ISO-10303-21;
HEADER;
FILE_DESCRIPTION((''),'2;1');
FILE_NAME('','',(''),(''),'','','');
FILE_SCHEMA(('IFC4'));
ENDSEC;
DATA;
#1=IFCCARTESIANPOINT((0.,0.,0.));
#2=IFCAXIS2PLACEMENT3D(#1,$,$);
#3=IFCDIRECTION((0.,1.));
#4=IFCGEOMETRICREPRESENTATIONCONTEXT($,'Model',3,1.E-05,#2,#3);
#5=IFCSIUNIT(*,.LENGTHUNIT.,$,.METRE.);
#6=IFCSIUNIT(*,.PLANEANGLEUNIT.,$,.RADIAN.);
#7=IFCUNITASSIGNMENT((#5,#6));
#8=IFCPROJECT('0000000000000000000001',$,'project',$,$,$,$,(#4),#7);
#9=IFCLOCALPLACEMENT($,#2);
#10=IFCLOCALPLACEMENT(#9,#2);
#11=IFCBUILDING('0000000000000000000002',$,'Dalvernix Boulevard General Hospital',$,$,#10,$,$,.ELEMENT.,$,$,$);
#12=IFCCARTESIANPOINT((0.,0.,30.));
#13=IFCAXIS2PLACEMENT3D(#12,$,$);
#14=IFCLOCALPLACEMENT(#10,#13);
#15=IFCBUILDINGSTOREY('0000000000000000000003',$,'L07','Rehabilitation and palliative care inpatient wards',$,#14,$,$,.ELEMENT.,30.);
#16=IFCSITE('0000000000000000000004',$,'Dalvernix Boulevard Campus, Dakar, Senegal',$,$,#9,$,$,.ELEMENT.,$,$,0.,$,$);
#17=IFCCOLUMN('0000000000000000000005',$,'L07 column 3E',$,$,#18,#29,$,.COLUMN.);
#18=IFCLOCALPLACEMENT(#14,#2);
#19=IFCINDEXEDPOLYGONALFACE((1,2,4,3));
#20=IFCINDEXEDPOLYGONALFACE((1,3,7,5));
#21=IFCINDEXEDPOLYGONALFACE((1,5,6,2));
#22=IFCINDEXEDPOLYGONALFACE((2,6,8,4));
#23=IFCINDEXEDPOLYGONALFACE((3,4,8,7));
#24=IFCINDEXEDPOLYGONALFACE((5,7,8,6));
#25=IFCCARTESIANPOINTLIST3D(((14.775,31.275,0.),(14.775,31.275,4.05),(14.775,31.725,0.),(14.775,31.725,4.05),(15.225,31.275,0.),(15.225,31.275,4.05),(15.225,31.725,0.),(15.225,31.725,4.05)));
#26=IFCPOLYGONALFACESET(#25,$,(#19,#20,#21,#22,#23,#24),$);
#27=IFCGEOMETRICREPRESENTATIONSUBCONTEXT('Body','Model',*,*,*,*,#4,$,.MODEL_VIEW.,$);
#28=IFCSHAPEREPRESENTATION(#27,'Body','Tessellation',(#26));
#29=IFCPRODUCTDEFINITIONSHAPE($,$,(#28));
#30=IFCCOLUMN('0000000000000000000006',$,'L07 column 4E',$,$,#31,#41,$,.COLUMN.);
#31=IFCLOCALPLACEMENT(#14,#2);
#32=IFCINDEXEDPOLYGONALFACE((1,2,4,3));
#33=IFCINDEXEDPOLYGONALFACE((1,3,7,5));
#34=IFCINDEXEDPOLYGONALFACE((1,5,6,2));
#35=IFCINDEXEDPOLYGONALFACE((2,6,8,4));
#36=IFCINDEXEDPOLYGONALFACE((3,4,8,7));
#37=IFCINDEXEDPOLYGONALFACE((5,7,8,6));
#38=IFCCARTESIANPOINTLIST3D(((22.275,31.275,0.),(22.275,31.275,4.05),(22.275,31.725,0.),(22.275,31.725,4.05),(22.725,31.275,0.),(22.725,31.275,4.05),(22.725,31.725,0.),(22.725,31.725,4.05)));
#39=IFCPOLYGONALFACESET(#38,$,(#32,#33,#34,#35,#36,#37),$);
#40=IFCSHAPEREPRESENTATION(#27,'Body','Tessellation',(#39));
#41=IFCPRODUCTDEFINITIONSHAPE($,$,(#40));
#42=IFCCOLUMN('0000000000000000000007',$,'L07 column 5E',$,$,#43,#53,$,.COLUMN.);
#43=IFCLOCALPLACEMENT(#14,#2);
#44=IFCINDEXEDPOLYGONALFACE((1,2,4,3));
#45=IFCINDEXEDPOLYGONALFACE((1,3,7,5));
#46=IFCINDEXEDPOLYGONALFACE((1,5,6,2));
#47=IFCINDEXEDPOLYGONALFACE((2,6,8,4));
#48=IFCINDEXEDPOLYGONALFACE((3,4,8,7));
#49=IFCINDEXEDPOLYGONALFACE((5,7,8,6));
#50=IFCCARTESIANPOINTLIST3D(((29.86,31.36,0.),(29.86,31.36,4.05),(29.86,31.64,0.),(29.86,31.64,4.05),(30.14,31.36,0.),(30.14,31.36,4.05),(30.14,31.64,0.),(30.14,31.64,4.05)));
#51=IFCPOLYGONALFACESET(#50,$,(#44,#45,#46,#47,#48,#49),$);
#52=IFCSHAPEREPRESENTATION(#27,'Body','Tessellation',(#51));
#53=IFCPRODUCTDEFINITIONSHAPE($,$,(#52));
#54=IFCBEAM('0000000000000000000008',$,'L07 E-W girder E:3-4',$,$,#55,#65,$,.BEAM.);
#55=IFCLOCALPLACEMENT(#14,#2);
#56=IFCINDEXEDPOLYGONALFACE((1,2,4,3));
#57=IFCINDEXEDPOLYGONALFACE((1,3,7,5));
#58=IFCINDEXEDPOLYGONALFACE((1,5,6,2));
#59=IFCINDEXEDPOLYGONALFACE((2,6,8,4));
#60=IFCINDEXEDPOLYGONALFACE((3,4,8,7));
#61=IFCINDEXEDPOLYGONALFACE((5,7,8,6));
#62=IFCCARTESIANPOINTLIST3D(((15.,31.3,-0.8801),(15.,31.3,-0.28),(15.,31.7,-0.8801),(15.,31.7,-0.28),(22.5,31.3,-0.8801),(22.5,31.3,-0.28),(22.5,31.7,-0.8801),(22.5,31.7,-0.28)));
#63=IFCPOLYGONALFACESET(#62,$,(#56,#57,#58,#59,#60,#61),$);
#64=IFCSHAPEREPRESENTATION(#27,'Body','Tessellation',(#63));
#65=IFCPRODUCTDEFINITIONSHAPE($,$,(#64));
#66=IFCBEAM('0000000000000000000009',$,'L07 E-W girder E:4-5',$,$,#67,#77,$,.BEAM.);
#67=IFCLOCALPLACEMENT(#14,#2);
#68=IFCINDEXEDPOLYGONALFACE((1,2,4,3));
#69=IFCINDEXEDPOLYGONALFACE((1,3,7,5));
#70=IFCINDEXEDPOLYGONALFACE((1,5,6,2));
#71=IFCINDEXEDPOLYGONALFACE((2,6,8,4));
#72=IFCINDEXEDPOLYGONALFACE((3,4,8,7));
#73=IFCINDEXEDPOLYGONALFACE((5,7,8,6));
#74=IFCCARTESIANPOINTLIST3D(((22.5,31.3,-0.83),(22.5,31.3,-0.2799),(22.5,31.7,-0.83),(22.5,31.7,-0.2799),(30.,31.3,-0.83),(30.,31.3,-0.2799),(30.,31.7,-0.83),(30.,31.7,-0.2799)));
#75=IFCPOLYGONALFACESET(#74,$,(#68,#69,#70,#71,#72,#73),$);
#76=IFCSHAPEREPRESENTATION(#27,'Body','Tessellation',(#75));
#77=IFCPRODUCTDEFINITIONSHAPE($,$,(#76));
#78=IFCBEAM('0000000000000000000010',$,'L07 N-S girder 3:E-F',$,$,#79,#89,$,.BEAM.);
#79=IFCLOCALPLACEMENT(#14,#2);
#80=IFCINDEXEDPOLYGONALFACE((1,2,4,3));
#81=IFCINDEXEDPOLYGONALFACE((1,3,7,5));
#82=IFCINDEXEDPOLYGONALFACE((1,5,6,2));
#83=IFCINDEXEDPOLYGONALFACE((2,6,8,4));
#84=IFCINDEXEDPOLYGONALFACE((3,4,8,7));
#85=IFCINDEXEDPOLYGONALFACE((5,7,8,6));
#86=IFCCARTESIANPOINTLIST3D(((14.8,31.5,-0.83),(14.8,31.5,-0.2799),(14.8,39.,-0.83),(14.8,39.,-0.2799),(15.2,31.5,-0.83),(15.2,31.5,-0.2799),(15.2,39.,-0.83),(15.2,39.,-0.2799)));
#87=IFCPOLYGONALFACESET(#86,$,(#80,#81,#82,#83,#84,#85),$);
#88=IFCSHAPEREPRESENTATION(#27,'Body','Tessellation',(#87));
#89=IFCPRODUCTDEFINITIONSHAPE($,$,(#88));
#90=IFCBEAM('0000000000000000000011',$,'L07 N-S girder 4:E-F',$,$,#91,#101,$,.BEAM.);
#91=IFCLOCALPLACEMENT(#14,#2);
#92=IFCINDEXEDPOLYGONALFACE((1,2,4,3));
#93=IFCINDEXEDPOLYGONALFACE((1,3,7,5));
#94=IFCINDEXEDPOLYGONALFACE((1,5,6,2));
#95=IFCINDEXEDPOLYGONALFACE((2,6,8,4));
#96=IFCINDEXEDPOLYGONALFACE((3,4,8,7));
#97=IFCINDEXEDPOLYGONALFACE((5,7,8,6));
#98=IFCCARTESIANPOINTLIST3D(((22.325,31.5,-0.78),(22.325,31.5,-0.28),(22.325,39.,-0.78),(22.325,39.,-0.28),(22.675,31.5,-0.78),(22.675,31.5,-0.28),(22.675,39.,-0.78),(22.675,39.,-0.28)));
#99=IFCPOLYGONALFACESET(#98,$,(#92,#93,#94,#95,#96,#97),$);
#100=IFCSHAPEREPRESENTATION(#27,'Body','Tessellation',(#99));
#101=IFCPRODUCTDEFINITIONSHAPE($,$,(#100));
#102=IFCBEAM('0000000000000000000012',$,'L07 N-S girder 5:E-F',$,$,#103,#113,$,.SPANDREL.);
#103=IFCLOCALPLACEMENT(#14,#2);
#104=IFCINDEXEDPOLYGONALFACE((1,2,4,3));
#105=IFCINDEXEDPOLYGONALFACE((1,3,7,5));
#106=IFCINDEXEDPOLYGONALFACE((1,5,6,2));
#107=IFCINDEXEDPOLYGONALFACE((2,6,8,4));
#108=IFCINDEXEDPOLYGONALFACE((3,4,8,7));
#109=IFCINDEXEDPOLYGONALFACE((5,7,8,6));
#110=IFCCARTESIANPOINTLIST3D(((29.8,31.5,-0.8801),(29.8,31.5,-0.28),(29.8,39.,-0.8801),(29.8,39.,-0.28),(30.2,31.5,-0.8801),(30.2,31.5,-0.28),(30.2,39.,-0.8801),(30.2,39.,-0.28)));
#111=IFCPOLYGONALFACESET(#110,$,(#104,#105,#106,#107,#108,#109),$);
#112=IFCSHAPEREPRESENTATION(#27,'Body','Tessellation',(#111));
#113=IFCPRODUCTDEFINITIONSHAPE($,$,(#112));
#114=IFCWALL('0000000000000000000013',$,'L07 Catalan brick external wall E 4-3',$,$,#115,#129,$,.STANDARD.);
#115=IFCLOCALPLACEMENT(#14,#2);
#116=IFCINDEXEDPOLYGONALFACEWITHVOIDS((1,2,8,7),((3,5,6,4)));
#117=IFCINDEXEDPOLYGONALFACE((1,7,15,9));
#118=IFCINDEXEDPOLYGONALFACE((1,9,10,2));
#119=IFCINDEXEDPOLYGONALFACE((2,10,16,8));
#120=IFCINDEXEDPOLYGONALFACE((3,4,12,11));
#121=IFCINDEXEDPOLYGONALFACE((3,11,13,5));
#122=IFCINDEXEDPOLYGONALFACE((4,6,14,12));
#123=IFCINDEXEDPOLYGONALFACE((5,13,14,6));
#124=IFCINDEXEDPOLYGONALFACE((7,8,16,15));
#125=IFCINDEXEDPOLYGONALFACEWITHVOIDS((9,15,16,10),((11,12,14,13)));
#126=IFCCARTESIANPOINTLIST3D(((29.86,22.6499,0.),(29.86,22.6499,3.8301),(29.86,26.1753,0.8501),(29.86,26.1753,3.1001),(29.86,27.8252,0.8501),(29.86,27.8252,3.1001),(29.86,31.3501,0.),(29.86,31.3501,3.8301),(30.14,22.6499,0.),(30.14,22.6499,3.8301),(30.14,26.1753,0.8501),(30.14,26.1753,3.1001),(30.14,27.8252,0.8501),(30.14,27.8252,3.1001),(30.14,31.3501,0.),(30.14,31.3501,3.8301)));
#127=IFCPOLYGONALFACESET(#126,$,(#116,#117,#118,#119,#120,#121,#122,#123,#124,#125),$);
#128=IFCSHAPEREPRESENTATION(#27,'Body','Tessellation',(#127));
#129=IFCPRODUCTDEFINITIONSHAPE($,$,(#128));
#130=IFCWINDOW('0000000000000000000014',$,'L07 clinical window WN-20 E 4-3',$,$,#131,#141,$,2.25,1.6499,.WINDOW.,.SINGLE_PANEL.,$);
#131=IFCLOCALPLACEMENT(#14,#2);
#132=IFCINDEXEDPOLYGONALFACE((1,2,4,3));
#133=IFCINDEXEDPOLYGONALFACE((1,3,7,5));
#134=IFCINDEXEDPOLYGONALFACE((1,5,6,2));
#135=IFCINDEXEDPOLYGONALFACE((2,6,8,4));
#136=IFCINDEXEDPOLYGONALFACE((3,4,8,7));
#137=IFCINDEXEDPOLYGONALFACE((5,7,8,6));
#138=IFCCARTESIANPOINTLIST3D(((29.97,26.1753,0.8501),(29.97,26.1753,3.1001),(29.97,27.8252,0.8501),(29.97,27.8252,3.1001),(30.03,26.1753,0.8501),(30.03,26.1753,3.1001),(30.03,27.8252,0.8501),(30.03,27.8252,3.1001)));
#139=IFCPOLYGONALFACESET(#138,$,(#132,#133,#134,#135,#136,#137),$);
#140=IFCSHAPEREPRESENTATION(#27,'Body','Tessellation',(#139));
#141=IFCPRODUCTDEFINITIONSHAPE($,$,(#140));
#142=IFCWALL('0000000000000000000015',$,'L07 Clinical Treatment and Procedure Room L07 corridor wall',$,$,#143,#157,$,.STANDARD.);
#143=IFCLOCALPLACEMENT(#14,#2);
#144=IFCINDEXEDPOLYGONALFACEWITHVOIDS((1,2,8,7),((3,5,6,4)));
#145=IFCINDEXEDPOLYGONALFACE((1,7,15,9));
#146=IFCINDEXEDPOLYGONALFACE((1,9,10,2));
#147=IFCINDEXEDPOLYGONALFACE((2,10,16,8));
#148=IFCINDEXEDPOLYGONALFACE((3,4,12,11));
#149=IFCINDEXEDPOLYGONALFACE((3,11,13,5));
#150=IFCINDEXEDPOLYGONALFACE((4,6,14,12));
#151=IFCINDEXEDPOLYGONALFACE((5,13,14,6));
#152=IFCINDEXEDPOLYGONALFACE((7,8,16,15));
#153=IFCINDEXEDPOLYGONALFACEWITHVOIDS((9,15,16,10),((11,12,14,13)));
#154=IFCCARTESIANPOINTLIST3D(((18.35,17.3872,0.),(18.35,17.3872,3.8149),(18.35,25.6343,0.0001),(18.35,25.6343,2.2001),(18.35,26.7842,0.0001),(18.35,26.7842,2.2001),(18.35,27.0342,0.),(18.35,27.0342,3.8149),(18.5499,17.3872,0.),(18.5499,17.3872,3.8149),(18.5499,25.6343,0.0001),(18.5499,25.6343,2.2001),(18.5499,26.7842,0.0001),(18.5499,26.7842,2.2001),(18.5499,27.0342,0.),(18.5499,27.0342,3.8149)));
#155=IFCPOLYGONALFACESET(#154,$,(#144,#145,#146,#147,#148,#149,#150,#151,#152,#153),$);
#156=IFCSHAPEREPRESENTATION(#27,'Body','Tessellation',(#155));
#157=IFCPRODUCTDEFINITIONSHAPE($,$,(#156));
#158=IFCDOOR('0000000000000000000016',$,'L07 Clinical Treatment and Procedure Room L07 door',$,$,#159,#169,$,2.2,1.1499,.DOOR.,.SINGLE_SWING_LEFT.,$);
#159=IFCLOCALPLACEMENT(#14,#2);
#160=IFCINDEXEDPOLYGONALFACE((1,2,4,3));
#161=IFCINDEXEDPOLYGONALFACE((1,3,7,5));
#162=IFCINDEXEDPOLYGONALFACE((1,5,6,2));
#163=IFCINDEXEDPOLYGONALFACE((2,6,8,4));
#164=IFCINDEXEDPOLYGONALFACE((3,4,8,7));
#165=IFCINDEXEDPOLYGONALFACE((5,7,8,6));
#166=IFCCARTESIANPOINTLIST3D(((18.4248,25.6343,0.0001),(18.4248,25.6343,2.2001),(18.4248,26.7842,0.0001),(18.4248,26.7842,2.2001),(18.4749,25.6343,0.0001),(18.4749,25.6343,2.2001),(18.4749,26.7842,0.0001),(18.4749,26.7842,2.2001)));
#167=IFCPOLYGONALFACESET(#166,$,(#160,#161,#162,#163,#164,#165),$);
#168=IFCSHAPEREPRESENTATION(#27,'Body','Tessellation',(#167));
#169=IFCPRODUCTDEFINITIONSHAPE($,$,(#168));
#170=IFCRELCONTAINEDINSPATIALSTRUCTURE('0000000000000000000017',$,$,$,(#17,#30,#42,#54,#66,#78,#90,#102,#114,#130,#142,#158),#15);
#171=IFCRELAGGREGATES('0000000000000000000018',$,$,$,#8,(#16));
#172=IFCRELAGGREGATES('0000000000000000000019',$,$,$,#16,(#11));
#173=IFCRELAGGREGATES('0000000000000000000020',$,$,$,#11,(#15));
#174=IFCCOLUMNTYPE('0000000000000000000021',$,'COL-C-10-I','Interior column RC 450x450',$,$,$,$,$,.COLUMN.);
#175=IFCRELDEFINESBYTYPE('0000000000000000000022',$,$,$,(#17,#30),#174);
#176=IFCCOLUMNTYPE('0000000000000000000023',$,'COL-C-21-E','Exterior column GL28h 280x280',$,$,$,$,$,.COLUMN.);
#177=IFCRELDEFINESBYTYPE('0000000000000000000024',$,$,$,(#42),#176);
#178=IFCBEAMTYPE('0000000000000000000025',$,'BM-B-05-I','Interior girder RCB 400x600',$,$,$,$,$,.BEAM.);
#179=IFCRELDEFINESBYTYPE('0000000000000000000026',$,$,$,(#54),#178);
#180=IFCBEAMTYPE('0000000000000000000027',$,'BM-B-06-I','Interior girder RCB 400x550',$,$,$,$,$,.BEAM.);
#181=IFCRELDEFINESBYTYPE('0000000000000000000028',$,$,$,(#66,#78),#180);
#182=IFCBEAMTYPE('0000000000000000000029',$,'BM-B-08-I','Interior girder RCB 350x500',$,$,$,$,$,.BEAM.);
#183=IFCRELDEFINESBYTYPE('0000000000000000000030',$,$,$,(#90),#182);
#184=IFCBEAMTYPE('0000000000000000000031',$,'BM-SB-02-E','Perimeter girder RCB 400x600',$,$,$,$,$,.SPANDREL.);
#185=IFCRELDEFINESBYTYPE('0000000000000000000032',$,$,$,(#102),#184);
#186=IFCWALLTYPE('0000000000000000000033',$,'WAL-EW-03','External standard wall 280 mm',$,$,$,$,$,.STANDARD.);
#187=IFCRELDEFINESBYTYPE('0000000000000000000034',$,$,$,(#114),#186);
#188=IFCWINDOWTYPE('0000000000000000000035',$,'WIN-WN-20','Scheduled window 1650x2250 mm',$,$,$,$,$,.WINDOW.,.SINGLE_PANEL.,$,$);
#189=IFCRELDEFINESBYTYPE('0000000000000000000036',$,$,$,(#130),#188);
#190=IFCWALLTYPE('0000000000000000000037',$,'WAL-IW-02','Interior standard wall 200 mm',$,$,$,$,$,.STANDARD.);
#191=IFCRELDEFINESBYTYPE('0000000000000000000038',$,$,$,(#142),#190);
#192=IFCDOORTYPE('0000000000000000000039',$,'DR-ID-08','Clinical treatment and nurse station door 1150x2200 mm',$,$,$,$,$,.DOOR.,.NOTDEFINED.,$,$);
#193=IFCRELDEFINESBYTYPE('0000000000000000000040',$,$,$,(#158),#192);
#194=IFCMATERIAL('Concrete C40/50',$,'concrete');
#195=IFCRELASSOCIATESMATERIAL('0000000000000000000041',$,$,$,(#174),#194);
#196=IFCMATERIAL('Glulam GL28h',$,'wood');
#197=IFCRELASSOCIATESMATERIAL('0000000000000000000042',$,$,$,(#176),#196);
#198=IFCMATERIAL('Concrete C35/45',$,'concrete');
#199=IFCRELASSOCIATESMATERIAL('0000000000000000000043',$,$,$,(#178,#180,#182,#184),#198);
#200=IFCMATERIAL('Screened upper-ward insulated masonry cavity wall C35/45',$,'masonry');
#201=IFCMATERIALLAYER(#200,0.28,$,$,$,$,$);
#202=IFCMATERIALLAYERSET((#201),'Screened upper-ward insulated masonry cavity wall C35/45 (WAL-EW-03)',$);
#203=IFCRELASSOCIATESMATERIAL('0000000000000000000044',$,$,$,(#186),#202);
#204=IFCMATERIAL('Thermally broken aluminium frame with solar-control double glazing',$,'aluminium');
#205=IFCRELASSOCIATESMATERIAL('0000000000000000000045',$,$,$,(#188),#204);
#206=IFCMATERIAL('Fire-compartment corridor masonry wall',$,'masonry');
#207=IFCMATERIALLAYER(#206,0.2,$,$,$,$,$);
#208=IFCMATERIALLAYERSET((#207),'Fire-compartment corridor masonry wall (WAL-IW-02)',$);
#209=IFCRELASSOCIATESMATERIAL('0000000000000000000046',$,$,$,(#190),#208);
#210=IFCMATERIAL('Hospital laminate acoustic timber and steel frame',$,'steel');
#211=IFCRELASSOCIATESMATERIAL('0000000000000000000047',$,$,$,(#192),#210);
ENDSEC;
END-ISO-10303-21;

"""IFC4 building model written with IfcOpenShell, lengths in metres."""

from ifc_helpers import new_model, si_unit, direction, frame, frame_2d, origin, origin_2d, place, context, subcontext, project, spatial, rectangle, extrude, material, layer, layer_set, material_profile, profile_set, type_object, element, fill, save


model = new_model("IFC4")

# Units and contexts
model_context = context("Model", 3, precision=1e-05, world=origin(), true_north=direction((0.0, 1.0)))
body_context = subcontext(model_context, "Body", "Model", "MODEL_VIEW")
ifc_project = project(units=[si_unit("LENGTHUNIT", "METRE"), si_unit("PLANEANGLEUNIT", "RADIAN")], contexts=[model_context])

# Site, building, storey
site_placement = place(None, origin())
site = spatial("IfcSite", under=ifc_project, at=site_placement, Name="Dalvernix Boulevard Campus, Dakar, Senegal", CompositionType="ELEMENT", RefElevation=0.0)
building_placement = place(site_placement, origin())
building = spatial("IfcBuilding", under=site, at=building_placement, Name="Dalvernix Boulevard General Hospital", CompositionType="ELEMENT")
storey_placement = place(building_placement, frame((0.0, 0.0, 30.0)))
storey = spatial("IfcBuildingStorey", under=building, at=storey_placement, Name="L07", Description="Rehabilitation and palliative care inpatient wards", CompositionType="ELEMENT", Elevation=30.0)

# Columns
ifc_material_1 = material(Name="Concrete C40/50", Category="concrete")
ifc_material_profile_1 = material_profile(ifc_material_1, rectangle(XDim=0.45, YDim=0.45, at=origin_2d()), Name="RC 450x450")
ifc_profile_set_1 = profile_set([ifc_material_profile_1], Name="Concrete C40/50")
column_type_1 = type_object("IfcColumnType", Name="COL-C-10-I", Description="Interior column RC 450x450", PredefinedType="COLUMN", material=ifc_profile_set_1)
for number, where, z_axis, x_axis, name in (
    (1, (15.0, 31.5, 0.0), (0.0, 0.0, 1.0), (1.0, 0.0, 0.0), "L07 column 3E"),
    (2, (22.5, 31.5, 0.0), (0.0, 0.0, 1.0), (1.0, 0.0, 0.0), "L07 column 4E"),
):
    element("IfcColumn", number, at=place(storey_placement, frame(where, z_axis=z_axis, x_axis=x_axis)), inside=storey, type_object=column_type_1, Name=name, PredefinedType="COLUMN", context=body_context, shape_type="SweptSolid", body=[
        extrude(rectangle(XDim=0.45, YDim=0.45, at=origin_2d()), origin(), (0.0, 0.0, 1.0), 4.05),
    ])
ifc_material_2 = material(Name="Glulam GL28h", Category="wood")
ifc_material_profile_2 = material_profile(ifc_material_2, rectangle(XDim=0.28, YDim=0.28, at=origin_2d()), Name="GL28h 280x280")
ifc_profile_set_2 = profile_set([ifc_material_profile_2], Name="Glulam GL28h")
column_type_2 = type_object("IfcColumnType", Name="COL-C-21-E", Description="Exterior column GL28h 280x280", PredefinedType="COLUMN", material=ifc_profile_set_2)
column_placement = place(storey_placement, frame((30.0, 31.5, 0.0), z_axis=(0.0, 0.0, 1.0), x_axis=(1.0, 0.0, 0.0)))
element("IfcColumn", 3, at=column_placement, inside=storey, type_object=column_type_2, Name="L07 column 5E", PredefinedType="COLUMN", context=body_context, shape_type="SweptSolid", body=[
    extrude(rectangle(XDim=0.28, YDim=0.28, at=origin_2d()), origin(), (0.0, 0.0, 1.0), 4.05),
])

# Beams
ifc_material_3 = material(Name="Concrete C35/45", Category="concrete")
ifc_material_profile_3 = material_profile(ifc_material_3, rectangle(XDim=0.3999, YDim=0.6001, at=origin_2d()), Name="RCB 400x600")
ifc_profile_set_3 = profile_set([ifc_material_profile_3], Name="Concrete C35/45")
beam_type_1 = type_object("IfcBeamType", Name="BM-B-05-I", Description="Interior girder RCB 400x600", PredefinedType="BEAM", material=ifc_profile_set_3)
beam_1_placement = place(storey_placement, frame((15.0, 31.5, -0.5801), z_axis=(1.0, 0.0, 0.0), x_axis=(0.0, 1.0, 0.0)))
element("IfcBeam", 4, at=beam_1_placement, inside=storey, type_object=beam_type_1, Name="L07 E-W girder E:3-4", PredefinedType="BEAM", context=body_context, shape_type="SweptSolid", body=[
    extrude(rectangle(XDim=0.3999, YDim=0.6001, at=origin_2d()), origin(), (0.0, 0.0, 1.0), 7.5),
])
ifc_material_profile_4 = material_profile(ifc_material_3, rectangle(XDim=0.3999, YDim=0.55, at=origin_2d()), Name="RCB 400x550")
ifc_profile_set_4 = profile_set([ifc_material_profile_4], Name="Concrete C35/45")
beam_type_2 = type_object("IfcBeamType", Name="BM-B-06-I", Description="Interior girder RCB 400x550", PredefinedType="BEAM", material=ifc_profile_set_4)
for number, where, z_axis, x_axis, name in (
    (5, (22.5, 31.5, -0.5549), (1.0, 0.0, 0.0), (0.0, 1.0, 0.0), "L07 E-W girder E:4-5"),
    (6, (15.0, 31.5, -0.5549), (0.0, 1.0, 0.0), (-1.0, 0.0, 0.0), "L07 N-S girder 3:E-F"),
):
    element("IfcBeam", number, at=place(storey_placement, frame(where, z_axis=z_axis, x_axis=x_axis)), inside=storey, type_object=beam_type_2, Name=name, PredefinedType="BEAM", context=body_context, shape_type="SweptSolid", body=[
        extrude(rectangle(XDim=0.3999, YDim=0.55, at=origin_2d()), origin(), (0.0, 0.0, 1.0), 7.5),
    ])
ifc_material_profile_5 = material_profile(ifc_material_3, rectangle(XDim=0.3501, YDim=0.5, at=origin_2d()), Name="RCB 350x500")
ifc_profile_set_5 = profile_set([ifc_material_profile_5], Name="Concrete C35/45")
beam_type_3 = type_object("IfcBeamType", Name="BM-B-08-I", Description="Interior girder RCB 350x500", PredefinedType="BEAM", material=ifc_profile_set_5)
beam_2_placement = place(storey_placement, frame((22.5, 31.5, -0.53), z_axis=(0.0, 1.0, 0.0), x_axis=(-1.0, 0.0, 0.0)))
element("IfcBeam", 7, at=beam_2_placement, inside=storey, type_object=beam_type_3, Name="L07 N-S girder 4:E-F", PredefinedType="BEAM", context=body_context, shape_type="SweptSolid", body=[
    extrude(rectangle(XDim=0.3501, YDim=0.5, at=origin_2d()), origin(), (0.0, 0.0, 1.0), 7.5),
])
ifc_material_profile_6 = material_profile(ifc_material_3, rectangle(XDim=0.3999, YDim=0.6001, at=origin_2d()), Name="RCB 400x600")
ifc_profile_set_6 = profile_set([ifc_material_profile_6], Name="Concrete C35/45")
beam_type_4 = type_object("IfcBeamType", Name="BM-SB-02-E", Description="Perimeter girder RCB 400x600", PredefinedType="SPANDREL", material=ifc_profile_set_6)
beam_3_placement = place(storey_placement, frame((30.0, 31.5, -0.5801), z_axis=(0.0, 1.0, 0.0), x_axis=(-1.0, 0.0, 0.0)))
element("IfcBeam", 8, at=beam_3_placement, inside=storey, type_object=beam_type_4, Name="L07 N-S girder 5:E-F", PredefinedType="SPANDREL", context=body_context, shape_type="SweptSolid", body=[
    extrude(rectangle(XDim=0.3999, YDim=0.6001, at=origin_2d()), origin(), (0.0, 0.0, 1.0), 7.5),
])

# Wall, opening, window
ifc_material_4 = material(Name="Screened upper-ward insulated masonry cavity wall C35/45", Category="masonry")
ifc_layer_1 = layer(ifc_material_4, 0.28)
ifc_layer_set_1 = layer_set([ifc_layer_1], Name="Screened upper-ward insulated masonry cavity wall C35/45 (WAL-EW-03)")
wall_type_1 = type_object("IfcWallType", Name="WAL-EW-03", Description="External standard wall 280 mm", PredefinedType="STANDARD", material=ifc_layer_set_1)
wall_1_placement = place(storey_placement, frame((30.0, 31.3501, 0.0), z_axis=(0.0, 0.0, 1.0), x_axis=(0.0, -1.0, 0.0)))
wall_1 = element("IfcWall", 9, at=wall_1_placement, inside=storey, type_object=wall_type_1, Name="L07 Catalan brick external wall E 4-3", PredefinedType="STANDARD", context=body_context, shape_type="SweptSolid", body=[
    extrude(rectangle(XDim=8.7002, YDim=0.28, at=frame_2d((4.3501, 0.0))), origin(), (0.0, 0.0, 1.0), 3.8301),
])
opening_1_placement = place(wall_1_placement, frame((3.5249, 0.0, 0.8501)))
opening_1 = element("IfcOpeningElement", 10, at=opening_1_placement, cuts=wall_1, PredefinedType="OPENING", context=body_context, shape_type="SweptSolid", body=[
    extrude(rectangle(XDim=1.6499, YDim=2.25, at=frame_2d((0.825, 1.125))), frame((0.0, 0.1499, 0.0), z_axis=(0.0, -1.0, 0.0), x_axis=(1.0, 0.0, 0.0)), (0.0, 0.0, 1.0), 0.3),
])
ifc_material_5 = material(Name="Thermally broken aluminium frame with solar-control double glazing", Category="aluminium")
window_type = type_object("IfcWindowType", Name="WIN-WN-20", Description="Scheduled window 1650x2250 mm", PartitioningType="SINGLE_PANEL", PredefinedType="WINDOW", material=ifc_material_5)
window_placement = place(opening_1_placement, origin())
window = element("IfcWindow", 11, at=window_placement, inside=storey, type_object=window_type, Name="L07 clinical window WN-20 E 4-3", OverallHeight=2.25, OverallWidth=1.6499, PartitioningType="SINGLE_PANEL", PredefinedType="WINDOW", context=body_context, shape_type="SweptSolid", body=[
    extrude(rectangle(XDim=1.6499, YDim=2.25, at=frame_2d((0.825, 1.125))), frame((0.0, 0.03, 0.0), z_axis=(0.0, -1.0, 0.0), x_axis=(1.0, 0.0, 0.0)), (0.0, 0.0, 1.0), 0.0601),
])
fill(opening_1, window)

# Wall, opening, door
ifc_material_6 = material(Name="Fire-compartment corridor masonry wall", Category="masonry")
ifc_layer_2 = layer(ifc_material_6, 0.2)
ifc_layer_set_2 = layer_set([ifc_layer_2], Name="Fire-compartment corridor masonry wall (WAL-IW-02)")
wall_type_2 = type_object("IfcWallType", Name="WAL-IW-02", Description="Interior standard wall 200 mm", PredefinedType="STANDARD", material=ifc_layer_set_2)
wall_2_placement = place(storey_placement, frame((18.45, 27.0342, 0.0), z_axis=(0.0, 0.0, 1.0), x_axis=(0.0, -1.0, 0.0)))
wall_2 = element("IfcWall", 12, at=wall_2_placement, inside=storey, type_object=wall_type_2, Name="L07 Clinical Treatment and Procedure Room L07 corridor wall", PredefinedType="STANDARD", context=body_context, shape_type="SweptSolid", body=[
    extrude(rectangle(XDim=9.647, YDim=0.2, at=frame_2d((4.8235, 0.0))), origin(), (0.0, 0.0, 1.0), 3.8149),
])
opening_2_placement = place(wall_2_placement, frame((0.25, 0.0, 0.0)))
opening_2 = element("IfcOpeningElement", 13, at=opening_2_placement, cuts=wall_2, PredefinedType="OPENING", context=body_context, shape_type="SweptSolid", body=[
    extrude(rectangle(XDim=1.1499, YDim=2.2, at=frame_2d((0.575, 1.1001))), frame((0.0, 0.1099, 0.0), z_axis=(0.0, -1.0, 0.0), x_axis=(1.0, 0.0, 0.0)), (0.0, 0.0, 1.0), 0.22),
])
ifc_material_7 = material(Name="Hospital laminate acoustic timber and steel frame", Category="steel")
door_type_1 = type_object("IfcDoorType", Name="DR-ID-08", Description="Clinical treatment and nurse station door 1150x2200 mm", OperationType="NOTDEFINED", PredefinedType="DOOR", material=ifc_material_7)
door_1_placement = place(opening_2_placement, origin())
door_1 = element("IfcDoor", 14, at=door_1_placement, inside=storey, type_object=door_type_1, Name="L07 Clinical Treatment and Procedure Room L07 door", OperationType="SINGLE_SWING_LEFT", OverallHeight=2.2, OverallWidth=1.1499, PredefinedType="DOOR", context=body_context, shape_type="SweptSolid", body=[
    extrude(rectangle(XDim=1.1499, YDim=2.2, at=frame_2d((0.575, 1.1001))), frame((0.0, 0.0249, 0.0), z_axis=(0.0, -1.0, 0.0), x_axis=(1.0, 0.0, 0.0)), (0.0, 0.0, 1.0), 0.05),
])
fill(opening_2, door_1)

save(model, "model.ifc")
